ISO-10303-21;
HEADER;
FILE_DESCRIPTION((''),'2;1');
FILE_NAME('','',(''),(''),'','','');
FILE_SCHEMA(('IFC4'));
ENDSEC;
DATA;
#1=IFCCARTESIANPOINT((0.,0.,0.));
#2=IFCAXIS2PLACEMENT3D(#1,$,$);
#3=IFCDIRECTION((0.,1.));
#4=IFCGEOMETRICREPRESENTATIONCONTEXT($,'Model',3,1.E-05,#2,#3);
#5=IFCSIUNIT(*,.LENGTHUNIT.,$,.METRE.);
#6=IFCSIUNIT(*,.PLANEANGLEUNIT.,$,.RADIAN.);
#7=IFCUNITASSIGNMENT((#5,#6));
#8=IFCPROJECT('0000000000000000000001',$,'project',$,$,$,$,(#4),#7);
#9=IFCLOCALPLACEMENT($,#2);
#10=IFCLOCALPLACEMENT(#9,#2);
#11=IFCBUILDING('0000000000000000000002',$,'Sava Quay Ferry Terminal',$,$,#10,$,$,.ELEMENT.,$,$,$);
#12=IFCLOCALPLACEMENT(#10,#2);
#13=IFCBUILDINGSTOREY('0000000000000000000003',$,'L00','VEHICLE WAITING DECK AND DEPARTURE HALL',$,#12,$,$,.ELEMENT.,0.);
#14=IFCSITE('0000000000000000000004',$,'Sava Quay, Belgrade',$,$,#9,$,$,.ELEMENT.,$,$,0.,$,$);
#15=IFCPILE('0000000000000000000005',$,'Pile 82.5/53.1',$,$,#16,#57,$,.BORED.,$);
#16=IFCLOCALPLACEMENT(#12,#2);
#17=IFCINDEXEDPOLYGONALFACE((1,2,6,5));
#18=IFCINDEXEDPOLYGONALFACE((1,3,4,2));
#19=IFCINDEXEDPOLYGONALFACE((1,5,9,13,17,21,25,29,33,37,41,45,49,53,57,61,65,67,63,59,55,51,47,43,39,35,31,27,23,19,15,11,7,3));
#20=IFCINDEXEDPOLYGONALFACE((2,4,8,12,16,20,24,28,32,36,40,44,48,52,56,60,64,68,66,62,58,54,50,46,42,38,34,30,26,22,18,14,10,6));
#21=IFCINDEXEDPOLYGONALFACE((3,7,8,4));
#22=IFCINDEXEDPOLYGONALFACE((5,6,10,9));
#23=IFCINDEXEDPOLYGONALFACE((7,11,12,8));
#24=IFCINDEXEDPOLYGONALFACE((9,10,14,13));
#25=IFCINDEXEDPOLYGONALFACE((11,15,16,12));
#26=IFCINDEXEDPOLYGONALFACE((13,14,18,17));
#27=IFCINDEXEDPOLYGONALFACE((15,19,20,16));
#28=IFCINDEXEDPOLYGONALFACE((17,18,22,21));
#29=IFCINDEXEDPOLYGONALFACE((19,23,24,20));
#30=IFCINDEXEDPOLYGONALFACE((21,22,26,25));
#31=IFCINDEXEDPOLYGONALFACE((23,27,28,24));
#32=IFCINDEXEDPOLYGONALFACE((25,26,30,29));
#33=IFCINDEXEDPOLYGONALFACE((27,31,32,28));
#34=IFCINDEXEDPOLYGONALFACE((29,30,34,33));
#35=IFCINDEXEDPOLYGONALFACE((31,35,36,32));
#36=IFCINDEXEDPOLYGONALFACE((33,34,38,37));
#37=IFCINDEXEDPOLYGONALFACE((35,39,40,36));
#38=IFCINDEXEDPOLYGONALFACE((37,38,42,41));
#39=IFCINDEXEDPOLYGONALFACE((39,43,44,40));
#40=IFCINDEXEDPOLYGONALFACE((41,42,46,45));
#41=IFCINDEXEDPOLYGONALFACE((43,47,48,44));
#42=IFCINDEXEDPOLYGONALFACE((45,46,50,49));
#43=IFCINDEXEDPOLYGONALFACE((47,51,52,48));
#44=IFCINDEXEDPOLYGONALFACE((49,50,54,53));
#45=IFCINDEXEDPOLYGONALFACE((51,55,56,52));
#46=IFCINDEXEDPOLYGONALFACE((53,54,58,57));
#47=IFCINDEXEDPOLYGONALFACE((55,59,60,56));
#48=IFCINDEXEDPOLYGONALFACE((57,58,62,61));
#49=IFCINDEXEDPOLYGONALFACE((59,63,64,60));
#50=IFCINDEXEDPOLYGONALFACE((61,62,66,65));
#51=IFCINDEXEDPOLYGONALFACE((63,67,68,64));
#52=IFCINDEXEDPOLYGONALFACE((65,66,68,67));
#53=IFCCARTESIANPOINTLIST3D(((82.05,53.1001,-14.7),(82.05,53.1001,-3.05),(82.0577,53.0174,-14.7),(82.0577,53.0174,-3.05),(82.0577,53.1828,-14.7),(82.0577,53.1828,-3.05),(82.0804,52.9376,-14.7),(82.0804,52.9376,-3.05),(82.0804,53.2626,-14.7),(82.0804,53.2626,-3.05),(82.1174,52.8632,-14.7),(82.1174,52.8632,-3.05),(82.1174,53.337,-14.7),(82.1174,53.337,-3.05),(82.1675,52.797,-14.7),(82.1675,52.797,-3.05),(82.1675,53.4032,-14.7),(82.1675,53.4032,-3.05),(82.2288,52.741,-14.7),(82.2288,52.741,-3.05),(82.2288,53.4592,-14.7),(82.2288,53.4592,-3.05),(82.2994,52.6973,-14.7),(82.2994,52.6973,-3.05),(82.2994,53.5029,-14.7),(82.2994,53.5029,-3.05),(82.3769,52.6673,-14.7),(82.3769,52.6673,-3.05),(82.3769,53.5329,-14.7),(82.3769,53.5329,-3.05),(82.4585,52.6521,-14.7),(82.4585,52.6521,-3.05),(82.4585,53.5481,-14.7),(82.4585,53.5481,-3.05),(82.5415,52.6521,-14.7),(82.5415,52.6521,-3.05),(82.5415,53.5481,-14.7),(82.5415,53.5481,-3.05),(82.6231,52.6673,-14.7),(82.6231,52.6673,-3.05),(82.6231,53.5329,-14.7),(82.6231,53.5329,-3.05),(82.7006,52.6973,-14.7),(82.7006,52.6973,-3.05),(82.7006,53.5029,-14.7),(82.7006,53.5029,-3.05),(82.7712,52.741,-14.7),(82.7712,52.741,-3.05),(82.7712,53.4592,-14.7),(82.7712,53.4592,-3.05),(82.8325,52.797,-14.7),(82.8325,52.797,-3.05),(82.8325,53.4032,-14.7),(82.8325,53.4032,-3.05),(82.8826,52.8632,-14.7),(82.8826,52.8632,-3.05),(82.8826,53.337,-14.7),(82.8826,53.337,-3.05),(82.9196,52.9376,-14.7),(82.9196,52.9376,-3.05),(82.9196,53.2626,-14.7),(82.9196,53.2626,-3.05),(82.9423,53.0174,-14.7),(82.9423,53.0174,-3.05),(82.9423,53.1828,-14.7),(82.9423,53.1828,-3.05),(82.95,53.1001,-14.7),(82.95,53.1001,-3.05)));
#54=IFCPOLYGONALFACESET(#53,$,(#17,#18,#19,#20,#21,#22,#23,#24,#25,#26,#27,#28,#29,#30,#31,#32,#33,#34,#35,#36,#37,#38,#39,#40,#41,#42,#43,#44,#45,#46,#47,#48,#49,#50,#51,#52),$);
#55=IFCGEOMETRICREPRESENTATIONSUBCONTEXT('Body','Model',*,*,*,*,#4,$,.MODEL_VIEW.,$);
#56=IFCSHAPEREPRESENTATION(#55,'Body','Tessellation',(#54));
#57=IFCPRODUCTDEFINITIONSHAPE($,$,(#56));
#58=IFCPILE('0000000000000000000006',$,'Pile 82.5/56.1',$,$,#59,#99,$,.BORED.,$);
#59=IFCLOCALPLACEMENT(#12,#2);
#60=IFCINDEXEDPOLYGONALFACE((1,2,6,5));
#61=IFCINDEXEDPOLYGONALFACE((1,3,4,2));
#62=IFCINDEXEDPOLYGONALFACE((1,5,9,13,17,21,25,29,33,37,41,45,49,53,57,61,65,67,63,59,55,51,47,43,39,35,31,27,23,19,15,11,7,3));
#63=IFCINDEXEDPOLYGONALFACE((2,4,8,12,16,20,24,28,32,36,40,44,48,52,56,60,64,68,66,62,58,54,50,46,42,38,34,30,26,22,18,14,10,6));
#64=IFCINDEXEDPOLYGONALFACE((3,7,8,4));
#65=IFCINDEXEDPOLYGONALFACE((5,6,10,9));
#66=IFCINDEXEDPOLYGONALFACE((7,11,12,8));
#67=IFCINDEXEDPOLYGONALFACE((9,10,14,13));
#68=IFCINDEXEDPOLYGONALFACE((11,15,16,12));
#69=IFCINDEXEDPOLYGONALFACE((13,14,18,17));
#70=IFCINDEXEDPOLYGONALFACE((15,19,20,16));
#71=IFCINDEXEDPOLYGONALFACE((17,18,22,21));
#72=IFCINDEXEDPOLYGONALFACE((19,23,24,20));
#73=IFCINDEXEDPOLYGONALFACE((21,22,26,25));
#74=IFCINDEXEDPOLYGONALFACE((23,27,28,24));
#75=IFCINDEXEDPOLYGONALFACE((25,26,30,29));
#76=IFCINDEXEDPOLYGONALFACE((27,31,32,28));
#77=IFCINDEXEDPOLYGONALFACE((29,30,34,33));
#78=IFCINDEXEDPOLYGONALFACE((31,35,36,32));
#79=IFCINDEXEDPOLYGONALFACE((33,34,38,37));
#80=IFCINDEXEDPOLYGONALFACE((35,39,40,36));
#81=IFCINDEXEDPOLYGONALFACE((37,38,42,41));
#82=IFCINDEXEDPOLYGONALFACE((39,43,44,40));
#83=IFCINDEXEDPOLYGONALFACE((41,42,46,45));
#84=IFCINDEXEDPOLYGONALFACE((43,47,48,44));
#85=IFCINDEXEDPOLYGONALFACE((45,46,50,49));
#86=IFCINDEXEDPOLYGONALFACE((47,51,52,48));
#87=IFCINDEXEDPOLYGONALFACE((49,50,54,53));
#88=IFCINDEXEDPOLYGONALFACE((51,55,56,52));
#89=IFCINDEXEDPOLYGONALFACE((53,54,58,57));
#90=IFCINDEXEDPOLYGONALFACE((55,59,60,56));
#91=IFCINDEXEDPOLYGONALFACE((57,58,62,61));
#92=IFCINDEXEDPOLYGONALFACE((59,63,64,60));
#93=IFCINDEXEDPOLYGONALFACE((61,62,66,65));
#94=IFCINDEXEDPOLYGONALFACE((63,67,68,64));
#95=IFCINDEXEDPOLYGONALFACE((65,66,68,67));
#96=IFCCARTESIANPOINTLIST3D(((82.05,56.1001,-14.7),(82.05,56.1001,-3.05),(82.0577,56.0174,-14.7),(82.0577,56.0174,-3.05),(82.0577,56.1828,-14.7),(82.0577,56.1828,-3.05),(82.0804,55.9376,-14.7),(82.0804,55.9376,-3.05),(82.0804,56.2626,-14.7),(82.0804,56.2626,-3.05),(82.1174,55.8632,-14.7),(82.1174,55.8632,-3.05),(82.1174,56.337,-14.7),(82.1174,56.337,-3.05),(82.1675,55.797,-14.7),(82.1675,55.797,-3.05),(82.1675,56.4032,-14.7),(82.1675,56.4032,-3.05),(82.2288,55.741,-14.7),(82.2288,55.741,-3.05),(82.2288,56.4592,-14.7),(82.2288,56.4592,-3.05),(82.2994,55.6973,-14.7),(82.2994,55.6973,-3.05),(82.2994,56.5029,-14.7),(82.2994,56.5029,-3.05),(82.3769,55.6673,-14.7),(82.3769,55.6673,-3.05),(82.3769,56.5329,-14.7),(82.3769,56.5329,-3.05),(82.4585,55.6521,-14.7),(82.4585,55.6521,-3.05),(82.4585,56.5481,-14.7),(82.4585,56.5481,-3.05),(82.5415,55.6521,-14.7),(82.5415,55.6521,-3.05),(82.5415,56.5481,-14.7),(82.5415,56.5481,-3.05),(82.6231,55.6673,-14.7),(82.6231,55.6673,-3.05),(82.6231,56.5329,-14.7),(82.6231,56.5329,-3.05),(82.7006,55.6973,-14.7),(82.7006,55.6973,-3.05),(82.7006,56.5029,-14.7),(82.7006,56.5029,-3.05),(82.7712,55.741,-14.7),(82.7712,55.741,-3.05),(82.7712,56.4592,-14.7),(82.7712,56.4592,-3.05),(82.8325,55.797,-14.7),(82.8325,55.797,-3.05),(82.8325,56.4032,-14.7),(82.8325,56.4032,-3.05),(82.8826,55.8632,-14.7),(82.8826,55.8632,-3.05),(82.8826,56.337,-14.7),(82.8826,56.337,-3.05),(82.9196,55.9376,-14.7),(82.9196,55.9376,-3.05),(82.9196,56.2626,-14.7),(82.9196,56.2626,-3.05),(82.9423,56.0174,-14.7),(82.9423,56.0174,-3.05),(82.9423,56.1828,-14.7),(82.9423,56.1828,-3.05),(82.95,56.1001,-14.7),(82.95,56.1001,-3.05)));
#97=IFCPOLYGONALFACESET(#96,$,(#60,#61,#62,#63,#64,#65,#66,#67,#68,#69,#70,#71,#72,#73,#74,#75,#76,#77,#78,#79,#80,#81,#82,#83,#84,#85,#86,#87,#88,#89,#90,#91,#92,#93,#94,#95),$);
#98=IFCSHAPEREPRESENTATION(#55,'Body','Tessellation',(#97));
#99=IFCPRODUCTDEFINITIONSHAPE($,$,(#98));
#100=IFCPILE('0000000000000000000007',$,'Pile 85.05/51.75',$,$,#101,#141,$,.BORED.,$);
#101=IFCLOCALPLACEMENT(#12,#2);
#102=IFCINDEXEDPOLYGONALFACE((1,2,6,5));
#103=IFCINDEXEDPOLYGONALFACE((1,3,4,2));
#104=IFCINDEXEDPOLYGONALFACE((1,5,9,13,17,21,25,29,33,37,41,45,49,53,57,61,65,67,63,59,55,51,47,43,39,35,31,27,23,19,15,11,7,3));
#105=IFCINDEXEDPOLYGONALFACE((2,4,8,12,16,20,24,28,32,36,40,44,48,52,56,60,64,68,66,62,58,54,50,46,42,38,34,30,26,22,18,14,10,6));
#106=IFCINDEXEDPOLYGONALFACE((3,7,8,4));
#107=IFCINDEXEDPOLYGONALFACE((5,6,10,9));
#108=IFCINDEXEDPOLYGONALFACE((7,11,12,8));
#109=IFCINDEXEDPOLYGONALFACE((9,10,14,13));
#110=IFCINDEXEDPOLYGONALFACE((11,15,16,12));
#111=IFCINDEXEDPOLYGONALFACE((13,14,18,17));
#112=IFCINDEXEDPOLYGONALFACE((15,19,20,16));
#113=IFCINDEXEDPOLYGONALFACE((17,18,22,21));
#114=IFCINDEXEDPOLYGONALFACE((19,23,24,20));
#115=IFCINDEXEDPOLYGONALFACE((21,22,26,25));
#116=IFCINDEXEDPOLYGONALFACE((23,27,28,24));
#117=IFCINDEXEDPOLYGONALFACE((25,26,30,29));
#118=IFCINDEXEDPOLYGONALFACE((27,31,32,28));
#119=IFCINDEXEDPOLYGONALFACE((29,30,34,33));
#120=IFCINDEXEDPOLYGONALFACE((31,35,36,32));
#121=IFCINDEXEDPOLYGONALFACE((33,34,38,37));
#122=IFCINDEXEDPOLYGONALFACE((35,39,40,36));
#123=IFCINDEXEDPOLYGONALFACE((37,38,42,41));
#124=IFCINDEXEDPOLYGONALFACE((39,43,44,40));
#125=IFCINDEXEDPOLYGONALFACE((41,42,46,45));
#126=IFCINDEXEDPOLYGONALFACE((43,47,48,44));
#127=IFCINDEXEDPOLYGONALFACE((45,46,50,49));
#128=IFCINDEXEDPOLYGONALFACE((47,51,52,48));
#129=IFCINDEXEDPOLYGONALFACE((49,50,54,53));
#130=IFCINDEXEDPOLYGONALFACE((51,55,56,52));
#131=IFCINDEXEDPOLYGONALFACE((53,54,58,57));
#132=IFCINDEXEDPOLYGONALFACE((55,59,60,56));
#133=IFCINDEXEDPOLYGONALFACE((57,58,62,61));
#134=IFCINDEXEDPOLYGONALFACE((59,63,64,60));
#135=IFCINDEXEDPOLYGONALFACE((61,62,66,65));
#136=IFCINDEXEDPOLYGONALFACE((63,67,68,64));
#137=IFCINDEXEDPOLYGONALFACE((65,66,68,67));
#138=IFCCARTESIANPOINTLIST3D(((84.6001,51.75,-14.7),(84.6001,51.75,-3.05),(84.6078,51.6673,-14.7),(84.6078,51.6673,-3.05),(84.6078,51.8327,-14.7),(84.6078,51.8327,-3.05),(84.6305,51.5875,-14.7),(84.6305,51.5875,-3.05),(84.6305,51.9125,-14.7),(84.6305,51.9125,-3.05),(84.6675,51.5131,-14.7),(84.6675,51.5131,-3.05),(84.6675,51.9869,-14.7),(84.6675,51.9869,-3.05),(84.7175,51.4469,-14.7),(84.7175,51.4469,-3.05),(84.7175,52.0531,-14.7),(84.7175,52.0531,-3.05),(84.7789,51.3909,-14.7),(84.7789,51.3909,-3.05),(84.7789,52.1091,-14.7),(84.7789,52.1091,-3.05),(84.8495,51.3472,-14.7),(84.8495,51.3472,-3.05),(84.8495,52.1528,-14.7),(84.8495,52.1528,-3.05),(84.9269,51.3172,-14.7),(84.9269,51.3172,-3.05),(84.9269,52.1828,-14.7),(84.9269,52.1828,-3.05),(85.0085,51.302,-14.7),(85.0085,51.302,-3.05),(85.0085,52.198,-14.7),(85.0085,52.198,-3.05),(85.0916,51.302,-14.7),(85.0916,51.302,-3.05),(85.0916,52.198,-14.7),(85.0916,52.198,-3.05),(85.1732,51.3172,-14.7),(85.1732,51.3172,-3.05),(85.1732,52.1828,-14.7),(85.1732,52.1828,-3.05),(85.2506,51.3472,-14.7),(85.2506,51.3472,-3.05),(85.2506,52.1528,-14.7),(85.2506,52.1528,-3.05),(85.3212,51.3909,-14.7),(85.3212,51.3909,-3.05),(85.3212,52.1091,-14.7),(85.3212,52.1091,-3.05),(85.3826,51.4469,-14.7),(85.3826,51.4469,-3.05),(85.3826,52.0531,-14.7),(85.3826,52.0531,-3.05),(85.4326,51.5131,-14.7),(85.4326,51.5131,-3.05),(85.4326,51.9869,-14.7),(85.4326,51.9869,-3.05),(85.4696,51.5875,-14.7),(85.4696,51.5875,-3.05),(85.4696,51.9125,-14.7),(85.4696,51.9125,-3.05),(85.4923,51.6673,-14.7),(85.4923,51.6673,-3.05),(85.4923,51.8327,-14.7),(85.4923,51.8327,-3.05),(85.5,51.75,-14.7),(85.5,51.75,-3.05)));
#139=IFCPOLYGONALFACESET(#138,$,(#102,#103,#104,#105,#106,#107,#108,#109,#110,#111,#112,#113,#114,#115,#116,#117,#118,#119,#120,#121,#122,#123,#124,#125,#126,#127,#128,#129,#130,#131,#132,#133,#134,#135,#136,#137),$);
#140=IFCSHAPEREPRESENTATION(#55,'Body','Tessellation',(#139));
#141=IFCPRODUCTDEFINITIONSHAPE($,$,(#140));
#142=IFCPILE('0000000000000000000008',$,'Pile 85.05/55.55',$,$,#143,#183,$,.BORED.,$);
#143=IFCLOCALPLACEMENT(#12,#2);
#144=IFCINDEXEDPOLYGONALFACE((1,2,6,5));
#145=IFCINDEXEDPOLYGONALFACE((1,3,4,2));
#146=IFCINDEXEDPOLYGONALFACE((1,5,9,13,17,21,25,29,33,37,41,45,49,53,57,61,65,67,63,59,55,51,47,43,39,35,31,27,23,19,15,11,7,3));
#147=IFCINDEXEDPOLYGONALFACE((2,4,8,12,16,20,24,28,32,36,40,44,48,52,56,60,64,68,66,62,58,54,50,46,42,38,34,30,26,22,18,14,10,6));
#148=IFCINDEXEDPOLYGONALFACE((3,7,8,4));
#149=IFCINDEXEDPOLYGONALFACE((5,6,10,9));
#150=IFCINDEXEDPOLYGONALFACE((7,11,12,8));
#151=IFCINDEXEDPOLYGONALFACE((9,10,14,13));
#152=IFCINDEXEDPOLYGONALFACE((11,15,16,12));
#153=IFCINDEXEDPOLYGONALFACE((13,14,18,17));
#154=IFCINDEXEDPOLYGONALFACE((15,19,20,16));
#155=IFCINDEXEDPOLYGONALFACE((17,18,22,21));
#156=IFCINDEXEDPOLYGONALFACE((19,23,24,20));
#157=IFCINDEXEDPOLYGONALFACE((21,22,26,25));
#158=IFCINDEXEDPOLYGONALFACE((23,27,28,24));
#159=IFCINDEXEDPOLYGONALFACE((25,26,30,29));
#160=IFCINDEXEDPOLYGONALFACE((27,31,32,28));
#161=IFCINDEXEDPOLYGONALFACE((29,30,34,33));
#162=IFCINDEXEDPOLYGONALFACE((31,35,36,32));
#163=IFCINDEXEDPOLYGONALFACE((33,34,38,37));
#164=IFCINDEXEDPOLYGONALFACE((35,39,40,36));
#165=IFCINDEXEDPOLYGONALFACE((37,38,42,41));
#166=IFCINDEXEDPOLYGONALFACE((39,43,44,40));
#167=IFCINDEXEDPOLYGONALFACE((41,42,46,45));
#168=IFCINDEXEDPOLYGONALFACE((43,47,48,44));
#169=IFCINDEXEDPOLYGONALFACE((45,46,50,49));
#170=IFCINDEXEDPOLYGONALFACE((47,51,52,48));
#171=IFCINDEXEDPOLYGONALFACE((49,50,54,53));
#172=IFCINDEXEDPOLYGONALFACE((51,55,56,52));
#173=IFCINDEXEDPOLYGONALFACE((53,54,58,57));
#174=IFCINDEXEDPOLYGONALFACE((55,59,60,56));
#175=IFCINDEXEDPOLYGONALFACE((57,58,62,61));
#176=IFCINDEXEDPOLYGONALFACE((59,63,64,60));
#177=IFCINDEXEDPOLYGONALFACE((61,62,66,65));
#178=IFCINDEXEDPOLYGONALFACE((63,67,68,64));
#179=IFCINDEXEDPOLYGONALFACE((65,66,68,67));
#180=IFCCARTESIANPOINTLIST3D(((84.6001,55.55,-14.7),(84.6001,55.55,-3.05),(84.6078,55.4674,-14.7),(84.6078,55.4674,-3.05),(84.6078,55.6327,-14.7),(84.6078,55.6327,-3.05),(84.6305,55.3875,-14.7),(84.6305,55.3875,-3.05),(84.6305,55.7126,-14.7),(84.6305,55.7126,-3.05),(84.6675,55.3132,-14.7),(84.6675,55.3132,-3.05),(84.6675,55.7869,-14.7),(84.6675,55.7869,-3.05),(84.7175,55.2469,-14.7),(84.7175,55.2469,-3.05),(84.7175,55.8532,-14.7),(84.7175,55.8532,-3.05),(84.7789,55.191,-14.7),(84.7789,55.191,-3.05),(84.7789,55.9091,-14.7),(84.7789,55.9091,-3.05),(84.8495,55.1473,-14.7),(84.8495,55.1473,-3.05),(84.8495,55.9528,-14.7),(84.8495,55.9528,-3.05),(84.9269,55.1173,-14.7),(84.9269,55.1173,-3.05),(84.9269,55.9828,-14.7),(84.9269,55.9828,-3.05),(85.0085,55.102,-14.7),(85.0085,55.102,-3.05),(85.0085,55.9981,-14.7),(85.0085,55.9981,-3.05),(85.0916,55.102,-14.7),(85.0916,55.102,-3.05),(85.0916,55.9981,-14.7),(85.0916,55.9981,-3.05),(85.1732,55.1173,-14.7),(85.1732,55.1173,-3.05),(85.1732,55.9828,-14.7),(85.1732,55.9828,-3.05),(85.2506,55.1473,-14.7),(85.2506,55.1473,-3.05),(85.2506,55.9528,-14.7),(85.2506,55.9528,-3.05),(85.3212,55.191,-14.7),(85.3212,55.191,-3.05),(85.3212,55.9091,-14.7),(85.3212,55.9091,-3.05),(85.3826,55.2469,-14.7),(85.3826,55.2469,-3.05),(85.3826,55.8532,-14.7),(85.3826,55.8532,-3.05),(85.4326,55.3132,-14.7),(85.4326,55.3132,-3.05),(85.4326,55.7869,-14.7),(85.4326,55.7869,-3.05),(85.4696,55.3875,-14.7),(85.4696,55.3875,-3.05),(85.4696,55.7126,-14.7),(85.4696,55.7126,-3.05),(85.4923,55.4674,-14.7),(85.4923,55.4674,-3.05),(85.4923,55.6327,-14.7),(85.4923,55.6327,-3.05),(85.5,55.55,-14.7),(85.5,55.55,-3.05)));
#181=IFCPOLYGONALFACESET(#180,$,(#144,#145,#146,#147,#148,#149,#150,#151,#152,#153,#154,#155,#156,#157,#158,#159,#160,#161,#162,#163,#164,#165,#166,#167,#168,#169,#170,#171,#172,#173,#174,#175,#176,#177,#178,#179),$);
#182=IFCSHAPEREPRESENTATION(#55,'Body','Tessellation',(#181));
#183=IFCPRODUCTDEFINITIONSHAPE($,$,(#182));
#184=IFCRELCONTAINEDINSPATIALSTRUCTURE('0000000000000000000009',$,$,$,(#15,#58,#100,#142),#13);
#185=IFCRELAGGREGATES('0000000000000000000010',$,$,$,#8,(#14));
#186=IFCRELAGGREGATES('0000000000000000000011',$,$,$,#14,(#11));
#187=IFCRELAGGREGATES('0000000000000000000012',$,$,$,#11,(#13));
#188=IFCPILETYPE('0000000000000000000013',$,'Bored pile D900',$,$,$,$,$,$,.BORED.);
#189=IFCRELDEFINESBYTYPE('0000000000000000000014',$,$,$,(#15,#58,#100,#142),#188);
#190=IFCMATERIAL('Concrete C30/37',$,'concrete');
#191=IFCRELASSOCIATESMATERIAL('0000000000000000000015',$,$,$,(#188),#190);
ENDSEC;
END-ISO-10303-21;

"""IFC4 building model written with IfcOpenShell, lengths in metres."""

from ifc_helpers import new_model, si_unit, direction, frame, origin, origin_2d, place, context, subcontext, project, spatial, circle, extrude, material, material_profile, profile_set, type_object, element, save


model = new_model("IFC4")

# Units and contexts
model_context = context("Model", 3, precision=1e-05, world=origin(), true_north=direction((0.0, 1.0)))
body_context = subcontext(model_context, "Body", "Model", "MODEL_VIEW")
ifc_project = project(units=[si_unit("LENGTHUNIT", "METRE"), si_unit("PLANEANGLEUNIT", "RADIAN")], contexts=[model_context])

# Site, building, storey
site_placement = place(None, origin())
site = spatial("IfcSite", under=ifc_project, at=site_placement, Name="Sava Quay, Belgrade", CompositionType="ELEMENT", RefElevation=0.0)
building_placement = place(site_placement, origin())
building = spatial("IfcBuilding", under=site, at=building_placement, Name="Sava Quay Ferry Terminal", CompositionType="ELEMENT")
storey_placement = place(building_placement, origin())
storey = spatial("IfcBuildingStorey", under=building, at=storey_placement, Name="L00", Description="VEHICLE WAITING DECK AND DEPARTURE HALL", CompositionType="ELEMENT", Elevation=0.0)

# Piles
ifc_material_1 = material(Name="Concrete C30/37", Category="concrete")
ifc_material_profile_1 = material_profile(ifc_material_1, circle(Radius=0.45, at=origin_2d()), Name="Bored pile D900")
ifc_profile_set_1 = profile_set([ifc_material_profile_1], Name="Concrete C30/37")
pile_type = type_object("IfcPileType", Name="Bored pile D900", PredefinedType="BORED", material=ifc_profile_set_1)
for number, where, z_axis, x_axis, name in (
    (1, (82.5, 53.1001, -3.05), (0.0, 0.0, -1.0), (1.0, 0.0, 0.0), "Pile 82.5/53.1"),
    (2, (82.5, 56.1001, -3.05), (0.0, 0.0, -1.0), (1.0, 0.0, 0.0), "Pile 82.5/56.1"),
    (3, (85.05, 51.75, -3.05), (0.0, 0.0, -1.0), (1.0, 0.0, 0.0), "Pile 85.05/51.75"),
    (4, (85.05, 55.55, -3.05), (0.0, 0.0, -1.0), (1.0, 0.0, 0.0), "Pile 85.05/55.55"),
):
    element("IfcPile", number, at=place(storey_placement, frame(where, z_axis=z_axis, x_axis=x_axis)), inside=storey, type_object=pile_type, Name=name, PredefinedType="BORED", context=body_context, shape_type="SweptSolid", body=[
        extrude(circle(Radius=0.45, at=origin_2d()), origin(), (0.0, 0.0, 1.0), 11.6499),
    ])

save(model, "model.ifc")
